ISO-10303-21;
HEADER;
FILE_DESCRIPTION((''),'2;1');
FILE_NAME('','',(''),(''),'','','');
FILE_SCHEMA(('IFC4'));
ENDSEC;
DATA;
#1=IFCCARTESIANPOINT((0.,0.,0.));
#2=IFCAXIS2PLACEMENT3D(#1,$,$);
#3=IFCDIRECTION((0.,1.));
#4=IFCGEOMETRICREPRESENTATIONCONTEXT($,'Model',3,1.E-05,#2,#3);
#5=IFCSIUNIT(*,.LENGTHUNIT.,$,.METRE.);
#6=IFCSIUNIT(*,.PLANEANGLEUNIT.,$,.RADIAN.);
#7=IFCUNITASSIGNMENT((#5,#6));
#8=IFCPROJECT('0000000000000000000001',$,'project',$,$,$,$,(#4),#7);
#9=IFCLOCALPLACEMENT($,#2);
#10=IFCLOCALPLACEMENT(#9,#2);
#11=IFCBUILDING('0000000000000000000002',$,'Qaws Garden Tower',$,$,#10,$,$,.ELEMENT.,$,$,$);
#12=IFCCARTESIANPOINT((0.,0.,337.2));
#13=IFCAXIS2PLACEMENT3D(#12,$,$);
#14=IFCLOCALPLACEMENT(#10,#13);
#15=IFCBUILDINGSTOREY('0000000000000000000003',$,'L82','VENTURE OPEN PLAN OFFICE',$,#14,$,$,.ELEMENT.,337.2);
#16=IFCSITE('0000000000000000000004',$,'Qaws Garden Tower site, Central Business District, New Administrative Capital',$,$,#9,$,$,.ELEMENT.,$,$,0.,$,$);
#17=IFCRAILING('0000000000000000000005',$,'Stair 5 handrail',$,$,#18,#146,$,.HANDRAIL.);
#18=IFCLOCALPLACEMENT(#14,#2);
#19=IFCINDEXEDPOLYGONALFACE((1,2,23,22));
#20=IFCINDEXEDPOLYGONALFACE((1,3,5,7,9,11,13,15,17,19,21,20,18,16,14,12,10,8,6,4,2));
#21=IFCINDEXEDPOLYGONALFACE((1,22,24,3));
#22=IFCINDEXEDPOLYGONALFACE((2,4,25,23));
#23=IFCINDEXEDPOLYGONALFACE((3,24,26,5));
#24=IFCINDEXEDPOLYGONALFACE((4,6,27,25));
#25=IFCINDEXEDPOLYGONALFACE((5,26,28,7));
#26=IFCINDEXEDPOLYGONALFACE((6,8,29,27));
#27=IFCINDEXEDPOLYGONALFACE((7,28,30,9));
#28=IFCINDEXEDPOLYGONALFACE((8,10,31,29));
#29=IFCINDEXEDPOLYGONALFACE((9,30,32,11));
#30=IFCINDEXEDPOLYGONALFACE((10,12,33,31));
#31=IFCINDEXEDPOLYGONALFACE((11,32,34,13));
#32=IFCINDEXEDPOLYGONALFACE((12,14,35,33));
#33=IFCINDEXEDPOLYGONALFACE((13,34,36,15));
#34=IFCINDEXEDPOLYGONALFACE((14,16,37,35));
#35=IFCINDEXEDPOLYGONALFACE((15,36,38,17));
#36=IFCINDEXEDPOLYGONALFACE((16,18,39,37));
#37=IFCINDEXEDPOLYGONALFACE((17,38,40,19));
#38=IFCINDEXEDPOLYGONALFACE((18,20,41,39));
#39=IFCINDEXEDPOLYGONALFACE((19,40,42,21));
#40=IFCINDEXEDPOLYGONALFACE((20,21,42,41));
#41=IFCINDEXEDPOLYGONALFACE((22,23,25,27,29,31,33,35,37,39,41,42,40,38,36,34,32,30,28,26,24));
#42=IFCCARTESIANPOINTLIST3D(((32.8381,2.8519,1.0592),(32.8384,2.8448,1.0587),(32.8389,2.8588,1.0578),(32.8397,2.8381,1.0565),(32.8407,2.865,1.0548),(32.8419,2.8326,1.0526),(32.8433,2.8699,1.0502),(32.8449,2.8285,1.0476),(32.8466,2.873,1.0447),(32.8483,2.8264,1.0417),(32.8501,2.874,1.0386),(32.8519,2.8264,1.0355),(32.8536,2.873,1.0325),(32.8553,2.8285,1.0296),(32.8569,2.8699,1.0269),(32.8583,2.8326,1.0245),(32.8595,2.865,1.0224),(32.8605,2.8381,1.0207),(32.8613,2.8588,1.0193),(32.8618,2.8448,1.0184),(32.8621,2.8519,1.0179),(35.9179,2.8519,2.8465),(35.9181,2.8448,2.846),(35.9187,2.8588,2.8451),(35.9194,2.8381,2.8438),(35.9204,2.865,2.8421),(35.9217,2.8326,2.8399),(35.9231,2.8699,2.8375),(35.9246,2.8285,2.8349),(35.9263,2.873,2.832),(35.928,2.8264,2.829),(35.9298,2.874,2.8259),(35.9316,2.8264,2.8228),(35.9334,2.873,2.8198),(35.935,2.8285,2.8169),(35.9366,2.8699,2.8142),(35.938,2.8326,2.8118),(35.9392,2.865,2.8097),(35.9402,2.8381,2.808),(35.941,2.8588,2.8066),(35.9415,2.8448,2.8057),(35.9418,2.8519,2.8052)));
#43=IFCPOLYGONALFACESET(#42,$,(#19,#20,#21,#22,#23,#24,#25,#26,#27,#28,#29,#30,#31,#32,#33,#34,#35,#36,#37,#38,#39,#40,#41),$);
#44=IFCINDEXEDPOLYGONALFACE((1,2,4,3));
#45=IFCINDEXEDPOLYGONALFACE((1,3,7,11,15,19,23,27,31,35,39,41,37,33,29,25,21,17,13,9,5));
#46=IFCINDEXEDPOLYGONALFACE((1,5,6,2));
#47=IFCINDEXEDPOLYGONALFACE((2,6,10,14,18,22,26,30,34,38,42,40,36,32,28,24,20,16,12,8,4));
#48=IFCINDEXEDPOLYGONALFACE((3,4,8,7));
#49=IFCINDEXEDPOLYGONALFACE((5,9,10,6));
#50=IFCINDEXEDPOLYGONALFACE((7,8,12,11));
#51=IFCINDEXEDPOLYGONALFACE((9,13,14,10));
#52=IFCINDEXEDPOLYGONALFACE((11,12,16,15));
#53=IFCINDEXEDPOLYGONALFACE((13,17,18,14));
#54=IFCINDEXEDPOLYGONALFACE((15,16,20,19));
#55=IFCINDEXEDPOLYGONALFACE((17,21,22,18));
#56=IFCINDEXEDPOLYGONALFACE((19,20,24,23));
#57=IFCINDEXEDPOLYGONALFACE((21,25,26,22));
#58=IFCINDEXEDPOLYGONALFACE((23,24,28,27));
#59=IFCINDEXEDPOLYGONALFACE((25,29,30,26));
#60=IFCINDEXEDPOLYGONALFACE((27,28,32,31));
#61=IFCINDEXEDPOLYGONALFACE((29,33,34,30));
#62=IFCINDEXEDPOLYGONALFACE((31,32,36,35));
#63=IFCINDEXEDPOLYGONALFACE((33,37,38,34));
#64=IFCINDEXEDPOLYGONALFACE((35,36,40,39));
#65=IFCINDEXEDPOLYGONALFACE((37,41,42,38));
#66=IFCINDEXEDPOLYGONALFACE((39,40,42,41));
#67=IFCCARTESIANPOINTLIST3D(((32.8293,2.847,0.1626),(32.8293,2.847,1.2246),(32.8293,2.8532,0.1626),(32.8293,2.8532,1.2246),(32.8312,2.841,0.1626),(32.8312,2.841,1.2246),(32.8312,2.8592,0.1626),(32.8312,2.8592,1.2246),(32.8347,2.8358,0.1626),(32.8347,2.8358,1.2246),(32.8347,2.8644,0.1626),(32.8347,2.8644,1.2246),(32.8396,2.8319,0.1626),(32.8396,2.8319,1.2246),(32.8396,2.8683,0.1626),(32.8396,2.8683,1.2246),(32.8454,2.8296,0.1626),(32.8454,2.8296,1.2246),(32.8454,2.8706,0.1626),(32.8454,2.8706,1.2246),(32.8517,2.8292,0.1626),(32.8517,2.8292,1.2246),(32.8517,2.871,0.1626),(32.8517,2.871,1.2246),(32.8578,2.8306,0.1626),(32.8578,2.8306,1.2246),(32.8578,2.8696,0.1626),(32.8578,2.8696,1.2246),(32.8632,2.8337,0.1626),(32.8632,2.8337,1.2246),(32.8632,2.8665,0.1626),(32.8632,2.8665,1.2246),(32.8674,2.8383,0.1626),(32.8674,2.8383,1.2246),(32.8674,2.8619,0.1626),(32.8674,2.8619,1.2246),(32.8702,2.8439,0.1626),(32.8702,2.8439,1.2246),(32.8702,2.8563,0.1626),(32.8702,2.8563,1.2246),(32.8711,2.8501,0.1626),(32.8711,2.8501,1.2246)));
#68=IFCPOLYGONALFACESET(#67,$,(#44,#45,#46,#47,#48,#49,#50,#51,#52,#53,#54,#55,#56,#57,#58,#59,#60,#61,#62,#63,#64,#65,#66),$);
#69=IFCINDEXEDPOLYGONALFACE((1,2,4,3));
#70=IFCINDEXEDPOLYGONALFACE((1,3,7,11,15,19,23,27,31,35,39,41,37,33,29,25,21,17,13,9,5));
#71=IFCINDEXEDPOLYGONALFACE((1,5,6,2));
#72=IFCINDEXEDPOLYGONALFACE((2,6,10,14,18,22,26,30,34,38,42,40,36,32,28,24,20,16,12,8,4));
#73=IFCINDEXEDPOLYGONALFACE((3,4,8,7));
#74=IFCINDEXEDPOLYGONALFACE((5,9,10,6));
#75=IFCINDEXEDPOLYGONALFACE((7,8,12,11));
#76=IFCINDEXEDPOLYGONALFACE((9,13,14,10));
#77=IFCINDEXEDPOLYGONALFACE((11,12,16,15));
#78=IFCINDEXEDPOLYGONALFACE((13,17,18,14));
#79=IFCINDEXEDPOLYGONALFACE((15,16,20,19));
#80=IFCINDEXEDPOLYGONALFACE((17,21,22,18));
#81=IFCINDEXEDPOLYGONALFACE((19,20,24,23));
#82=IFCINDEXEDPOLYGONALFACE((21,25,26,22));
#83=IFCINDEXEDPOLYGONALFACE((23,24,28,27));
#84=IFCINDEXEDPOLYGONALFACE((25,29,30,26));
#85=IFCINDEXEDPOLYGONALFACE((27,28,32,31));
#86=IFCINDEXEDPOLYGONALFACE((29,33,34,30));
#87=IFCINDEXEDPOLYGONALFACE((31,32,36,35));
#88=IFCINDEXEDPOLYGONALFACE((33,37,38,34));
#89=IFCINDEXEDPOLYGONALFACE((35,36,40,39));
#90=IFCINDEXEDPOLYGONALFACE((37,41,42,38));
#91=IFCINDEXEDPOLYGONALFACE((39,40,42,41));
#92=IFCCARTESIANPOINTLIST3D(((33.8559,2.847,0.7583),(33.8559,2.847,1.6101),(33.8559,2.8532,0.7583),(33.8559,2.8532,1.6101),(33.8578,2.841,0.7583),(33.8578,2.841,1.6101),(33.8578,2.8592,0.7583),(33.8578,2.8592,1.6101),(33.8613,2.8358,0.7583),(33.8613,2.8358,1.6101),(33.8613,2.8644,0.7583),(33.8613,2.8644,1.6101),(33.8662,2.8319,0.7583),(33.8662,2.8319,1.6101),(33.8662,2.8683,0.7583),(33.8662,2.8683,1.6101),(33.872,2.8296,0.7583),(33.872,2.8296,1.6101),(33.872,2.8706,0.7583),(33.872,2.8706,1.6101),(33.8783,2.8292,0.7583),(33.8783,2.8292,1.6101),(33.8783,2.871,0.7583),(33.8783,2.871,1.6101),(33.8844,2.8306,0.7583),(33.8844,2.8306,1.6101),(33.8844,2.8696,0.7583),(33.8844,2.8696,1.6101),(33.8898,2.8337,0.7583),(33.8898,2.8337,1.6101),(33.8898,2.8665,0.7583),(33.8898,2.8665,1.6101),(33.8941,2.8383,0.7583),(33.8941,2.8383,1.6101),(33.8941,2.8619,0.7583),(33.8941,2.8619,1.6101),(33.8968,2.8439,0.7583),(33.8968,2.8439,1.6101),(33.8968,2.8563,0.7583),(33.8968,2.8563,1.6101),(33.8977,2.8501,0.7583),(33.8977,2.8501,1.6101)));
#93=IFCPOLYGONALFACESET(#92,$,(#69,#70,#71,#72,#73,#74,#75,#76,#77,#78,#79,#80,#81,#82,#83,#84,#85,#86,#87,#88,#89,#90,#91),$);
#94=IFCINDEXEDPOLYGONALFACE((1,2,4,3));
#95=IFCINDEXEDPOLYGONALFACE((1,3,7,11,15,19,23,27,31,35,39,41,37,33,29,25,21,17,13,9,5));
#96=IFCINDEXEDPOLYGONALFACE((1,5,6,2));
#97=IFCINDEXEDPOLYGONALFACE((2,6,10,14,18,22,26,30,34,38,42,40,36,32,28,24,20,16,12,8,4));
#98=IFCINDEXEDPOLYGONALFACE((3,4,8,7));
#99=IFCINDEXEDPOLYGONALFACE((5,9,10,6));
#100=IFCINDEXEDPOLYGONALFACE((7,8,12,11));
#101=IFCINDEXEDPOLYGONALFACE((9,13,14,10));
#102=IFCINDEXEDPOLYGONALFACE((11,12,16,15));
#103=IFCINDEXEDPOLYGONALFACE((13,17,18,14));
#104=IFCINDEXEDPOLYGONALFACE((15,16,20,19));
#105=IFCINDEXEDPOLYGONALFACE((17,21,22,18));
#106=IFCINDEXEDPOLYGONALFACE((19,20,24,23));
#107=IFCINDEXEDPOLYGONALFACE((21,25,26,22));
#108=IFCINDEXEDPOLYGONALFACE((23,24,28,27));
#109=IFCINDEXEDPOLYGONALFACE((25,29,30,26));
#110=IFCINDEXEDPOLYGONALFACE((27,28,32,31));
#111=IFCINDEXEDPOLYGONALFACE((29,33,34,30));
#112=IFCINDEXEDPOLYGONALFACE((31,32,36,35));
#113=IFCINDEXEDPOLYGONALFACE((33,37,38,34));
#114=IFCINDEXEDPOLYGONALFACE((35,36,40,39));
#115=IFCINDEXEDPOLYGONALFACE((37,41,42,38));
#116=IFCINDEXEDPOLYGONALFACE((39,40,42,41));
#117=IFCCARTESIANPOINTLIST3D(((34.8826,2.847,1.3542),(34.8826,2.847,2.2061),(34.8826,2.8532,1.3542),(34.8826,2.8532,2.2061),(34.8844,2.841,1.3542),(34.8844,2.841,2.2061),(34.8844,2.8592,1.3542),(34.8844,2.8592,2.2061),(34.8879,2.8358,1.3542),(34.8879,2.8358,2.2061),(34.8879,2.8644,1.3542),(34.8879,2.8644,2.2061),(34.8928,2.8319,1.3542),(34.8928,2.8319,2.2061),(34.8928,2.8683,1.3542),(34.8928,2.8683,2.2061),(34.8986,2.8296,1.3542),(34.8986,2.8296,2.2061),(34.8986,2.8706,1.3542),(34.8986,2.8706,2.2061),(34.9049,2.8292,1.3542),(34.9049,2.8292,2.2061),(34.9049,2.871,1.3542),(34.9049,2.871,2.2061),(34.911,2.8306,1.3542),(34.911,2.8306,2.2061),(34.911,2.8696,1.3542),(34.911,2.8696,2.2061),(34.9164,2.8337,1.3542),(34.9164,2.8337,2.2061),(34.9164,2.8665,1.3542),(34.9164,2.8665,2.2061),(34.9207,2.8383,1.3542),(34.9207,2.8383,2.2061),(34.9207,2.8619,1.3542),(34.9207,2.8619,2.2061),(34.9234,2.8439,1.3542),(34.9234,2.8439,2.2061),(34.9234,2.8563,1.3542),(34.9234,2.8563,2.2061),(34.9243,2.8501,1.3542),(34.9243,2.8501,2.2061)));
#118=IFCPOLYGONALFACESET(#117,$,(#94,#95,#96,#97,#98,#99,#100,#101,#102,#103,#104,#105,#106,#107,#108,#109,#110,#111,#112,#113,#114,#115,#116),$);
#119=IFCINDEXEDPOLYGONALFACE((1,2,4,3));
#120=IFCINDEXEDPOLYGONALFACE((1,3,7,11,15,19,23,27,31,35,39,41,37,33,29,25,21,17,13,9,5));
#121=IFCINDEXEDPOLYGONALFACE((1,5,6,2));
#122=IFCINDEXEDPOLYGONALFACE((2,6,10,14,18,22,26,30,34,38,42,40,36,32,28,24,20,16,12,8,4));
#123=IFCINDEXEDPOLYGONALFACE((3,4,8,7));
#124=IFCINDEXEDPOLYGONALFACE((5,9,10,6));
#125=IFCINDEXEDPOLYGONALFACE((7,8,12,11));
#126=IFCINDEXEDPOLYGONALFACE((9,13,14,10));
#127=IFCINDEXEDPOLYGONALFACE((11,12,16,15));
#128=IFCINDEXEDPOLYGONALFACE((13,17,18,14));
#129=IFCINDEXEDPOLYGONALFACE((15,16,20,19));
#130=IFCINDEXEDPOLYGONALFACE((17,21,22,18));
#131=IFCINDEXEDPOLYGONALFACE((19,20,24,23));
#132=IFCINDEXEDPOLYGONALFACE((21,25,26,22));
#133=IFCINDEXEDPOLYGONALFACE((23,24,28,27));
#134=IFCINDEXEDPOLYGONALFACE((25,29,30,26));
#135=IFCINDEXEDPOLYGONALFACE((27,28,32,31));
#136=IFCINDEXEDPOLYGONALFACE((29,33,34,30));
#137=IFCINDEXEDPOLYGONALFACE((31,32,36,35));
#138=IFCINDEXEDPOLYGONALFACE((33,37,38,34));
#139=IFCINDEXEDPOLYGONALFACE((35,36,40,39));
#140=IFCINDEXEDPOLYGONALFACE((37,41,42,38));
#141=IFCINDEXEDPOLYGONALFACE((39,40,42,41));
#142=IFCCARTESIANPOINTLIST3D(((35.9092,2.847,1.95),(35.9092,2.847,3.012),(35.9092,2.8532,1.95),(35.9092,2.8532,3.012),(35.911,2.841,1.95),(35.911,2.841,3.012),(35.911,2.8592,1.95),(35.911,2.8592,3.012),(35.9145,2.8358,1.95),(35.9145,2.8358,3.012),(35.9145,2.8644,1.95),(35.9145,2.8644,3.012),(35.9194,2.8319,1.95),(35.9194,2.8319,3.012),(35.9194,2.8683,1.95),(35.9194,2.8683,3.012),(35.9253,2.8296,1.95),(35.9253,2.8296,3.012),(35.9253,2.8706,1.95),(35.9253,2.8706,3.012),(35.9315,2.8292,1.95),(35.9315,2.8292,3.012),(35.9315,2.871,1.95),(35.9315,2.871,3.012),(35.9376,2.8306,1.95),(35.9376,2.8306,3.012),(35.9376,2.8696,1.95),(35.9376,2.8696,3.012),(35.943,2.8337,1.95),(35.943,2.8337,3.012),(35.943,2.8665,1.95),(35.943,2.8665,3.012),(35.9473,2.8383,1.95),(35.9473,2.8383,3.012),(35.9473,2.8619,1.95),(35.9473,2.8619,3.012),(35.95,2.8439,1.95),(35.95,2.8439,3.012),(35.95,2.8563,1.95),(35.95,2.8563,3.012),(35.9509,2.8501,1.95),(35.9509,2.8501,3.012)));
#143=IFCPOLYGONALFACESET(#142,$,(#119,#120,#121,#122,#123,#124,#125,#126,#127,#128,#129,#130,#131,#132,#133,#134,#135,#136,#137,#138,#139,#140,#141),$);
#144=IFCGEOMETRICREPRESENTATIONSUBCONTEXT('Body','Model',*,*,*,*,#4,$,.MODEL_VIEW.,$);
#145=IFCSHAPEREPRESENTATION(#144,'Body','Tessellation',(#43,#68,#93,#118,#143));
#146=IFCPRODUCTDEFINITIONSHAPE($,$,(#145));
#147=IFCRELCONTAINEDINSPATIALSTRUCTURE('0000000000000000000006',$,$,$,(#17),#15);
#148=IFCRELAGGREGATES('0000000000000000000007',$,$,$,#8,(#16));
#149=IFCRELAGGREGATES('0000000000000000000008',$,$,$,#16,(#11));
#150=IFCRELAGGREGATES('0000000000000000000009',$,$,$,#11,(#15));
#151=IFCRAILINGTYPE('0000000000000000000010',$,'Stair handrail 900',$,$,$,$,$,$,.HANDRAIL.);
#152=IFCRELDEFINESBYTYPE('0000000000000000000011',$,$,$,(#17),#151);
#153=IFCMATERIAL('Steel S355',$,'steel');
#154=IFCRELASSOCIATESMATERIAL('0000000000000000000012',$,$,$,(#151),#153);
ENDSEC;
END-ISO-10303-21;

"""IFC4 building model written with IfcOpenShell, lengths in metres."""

from ifc_helpers import new_model, si_unit, direction, frame, origin, origin_2d, place, context, subcontext, project, spatial, circle, extrude, material, type_object, element, save


model = new_model("IFC4")

# Units and contexts
model_context = context("Model", 3, precision=1e-05, world=origin(), true_north=direction((0.0, 1.0)))
body_context = subcontext(model_context, "Body", "Model", "MODEL_VIEW")
ifc_project = project(units=[si_unit("LENGTHUNIT", "METRE"), si_unit("PLANEANGLEUNIT", "RADIAN")], contexts=[model_context])

# Site, building, storey
site_placement = place(None, origin())
site = spatial("IfcSite", under=ifc_project, at=site_placement, Name="Qaws Garden Tower site, Central Business District, New Administrative Capital", CompositionType="ELEMENT", RefElevation=0.0)
building_placement = place(site_placement, origin())
building = spatial("IfcBuilding", under=site, at=building_placement, Name="Qaws Garden Tower", CompositionType="ELEMENT")
storey_placement = place(building_placement, frame((0.0, 0.0, 337.2)))
storey = spatial("IfcBuildingStorey", under=building, at=storey_placement, Name="L82", Description="VENTURE OPEN PLAN OFFICE", CompositionType="ELEMENT", Elevation=337.2)

# Railing
ifc_material_1 = material(Name="Steel S355", Category="steel")
railing_type = type_object("IfcRailingType", Name="Stair handrail 900", PredefinedType="HANDRAIL", material=ifc_material_1)
railing_1_placement = place(storey_placement, frame((32.8501, 2.8501, 0.1626)))
element("IfcRailing", 1, at=railing_1_placement, inside=storey, type_object=railing_type, Name="Stair 5 handrail", PredefinedType="HANDRAIL", context=body_context, shape_type="SweptSolid", body=[
    extrude(circle(Radius=0.0239, at=origin_2d()), frame((0.0, 0.0, 0.876), z_axis=(0.864903, 0.0, 0.501939), x_axis=(0.0, 1.0, 0.0)), (0.0, 0.0, 1.0), 3.5608),
    extrude(circle(Radius=0.021, at=origin_2d()), origin(), (0.0, 0.0, 1.0), 1.062),
    extrude(circle(Radius=0.021, at=origin_2d()), frame((1.0266, 0.0, 0.5957)), (0.0, 0.0, 1.0), 0.8518),
    extrude(circle(Radius=0.021, at=origin_2d()), frame((2.0532, 0.0, 1.1917)), (0.0, 0.0, 1.0), 0.8518),
    extrude(circle(Radius=0.021, at=origin_2d()), frame((3.0798, 0.0, 1.7874)), (0.0, 0.0, 1.0), 1.062),
])

save(model, "model.ifc")
